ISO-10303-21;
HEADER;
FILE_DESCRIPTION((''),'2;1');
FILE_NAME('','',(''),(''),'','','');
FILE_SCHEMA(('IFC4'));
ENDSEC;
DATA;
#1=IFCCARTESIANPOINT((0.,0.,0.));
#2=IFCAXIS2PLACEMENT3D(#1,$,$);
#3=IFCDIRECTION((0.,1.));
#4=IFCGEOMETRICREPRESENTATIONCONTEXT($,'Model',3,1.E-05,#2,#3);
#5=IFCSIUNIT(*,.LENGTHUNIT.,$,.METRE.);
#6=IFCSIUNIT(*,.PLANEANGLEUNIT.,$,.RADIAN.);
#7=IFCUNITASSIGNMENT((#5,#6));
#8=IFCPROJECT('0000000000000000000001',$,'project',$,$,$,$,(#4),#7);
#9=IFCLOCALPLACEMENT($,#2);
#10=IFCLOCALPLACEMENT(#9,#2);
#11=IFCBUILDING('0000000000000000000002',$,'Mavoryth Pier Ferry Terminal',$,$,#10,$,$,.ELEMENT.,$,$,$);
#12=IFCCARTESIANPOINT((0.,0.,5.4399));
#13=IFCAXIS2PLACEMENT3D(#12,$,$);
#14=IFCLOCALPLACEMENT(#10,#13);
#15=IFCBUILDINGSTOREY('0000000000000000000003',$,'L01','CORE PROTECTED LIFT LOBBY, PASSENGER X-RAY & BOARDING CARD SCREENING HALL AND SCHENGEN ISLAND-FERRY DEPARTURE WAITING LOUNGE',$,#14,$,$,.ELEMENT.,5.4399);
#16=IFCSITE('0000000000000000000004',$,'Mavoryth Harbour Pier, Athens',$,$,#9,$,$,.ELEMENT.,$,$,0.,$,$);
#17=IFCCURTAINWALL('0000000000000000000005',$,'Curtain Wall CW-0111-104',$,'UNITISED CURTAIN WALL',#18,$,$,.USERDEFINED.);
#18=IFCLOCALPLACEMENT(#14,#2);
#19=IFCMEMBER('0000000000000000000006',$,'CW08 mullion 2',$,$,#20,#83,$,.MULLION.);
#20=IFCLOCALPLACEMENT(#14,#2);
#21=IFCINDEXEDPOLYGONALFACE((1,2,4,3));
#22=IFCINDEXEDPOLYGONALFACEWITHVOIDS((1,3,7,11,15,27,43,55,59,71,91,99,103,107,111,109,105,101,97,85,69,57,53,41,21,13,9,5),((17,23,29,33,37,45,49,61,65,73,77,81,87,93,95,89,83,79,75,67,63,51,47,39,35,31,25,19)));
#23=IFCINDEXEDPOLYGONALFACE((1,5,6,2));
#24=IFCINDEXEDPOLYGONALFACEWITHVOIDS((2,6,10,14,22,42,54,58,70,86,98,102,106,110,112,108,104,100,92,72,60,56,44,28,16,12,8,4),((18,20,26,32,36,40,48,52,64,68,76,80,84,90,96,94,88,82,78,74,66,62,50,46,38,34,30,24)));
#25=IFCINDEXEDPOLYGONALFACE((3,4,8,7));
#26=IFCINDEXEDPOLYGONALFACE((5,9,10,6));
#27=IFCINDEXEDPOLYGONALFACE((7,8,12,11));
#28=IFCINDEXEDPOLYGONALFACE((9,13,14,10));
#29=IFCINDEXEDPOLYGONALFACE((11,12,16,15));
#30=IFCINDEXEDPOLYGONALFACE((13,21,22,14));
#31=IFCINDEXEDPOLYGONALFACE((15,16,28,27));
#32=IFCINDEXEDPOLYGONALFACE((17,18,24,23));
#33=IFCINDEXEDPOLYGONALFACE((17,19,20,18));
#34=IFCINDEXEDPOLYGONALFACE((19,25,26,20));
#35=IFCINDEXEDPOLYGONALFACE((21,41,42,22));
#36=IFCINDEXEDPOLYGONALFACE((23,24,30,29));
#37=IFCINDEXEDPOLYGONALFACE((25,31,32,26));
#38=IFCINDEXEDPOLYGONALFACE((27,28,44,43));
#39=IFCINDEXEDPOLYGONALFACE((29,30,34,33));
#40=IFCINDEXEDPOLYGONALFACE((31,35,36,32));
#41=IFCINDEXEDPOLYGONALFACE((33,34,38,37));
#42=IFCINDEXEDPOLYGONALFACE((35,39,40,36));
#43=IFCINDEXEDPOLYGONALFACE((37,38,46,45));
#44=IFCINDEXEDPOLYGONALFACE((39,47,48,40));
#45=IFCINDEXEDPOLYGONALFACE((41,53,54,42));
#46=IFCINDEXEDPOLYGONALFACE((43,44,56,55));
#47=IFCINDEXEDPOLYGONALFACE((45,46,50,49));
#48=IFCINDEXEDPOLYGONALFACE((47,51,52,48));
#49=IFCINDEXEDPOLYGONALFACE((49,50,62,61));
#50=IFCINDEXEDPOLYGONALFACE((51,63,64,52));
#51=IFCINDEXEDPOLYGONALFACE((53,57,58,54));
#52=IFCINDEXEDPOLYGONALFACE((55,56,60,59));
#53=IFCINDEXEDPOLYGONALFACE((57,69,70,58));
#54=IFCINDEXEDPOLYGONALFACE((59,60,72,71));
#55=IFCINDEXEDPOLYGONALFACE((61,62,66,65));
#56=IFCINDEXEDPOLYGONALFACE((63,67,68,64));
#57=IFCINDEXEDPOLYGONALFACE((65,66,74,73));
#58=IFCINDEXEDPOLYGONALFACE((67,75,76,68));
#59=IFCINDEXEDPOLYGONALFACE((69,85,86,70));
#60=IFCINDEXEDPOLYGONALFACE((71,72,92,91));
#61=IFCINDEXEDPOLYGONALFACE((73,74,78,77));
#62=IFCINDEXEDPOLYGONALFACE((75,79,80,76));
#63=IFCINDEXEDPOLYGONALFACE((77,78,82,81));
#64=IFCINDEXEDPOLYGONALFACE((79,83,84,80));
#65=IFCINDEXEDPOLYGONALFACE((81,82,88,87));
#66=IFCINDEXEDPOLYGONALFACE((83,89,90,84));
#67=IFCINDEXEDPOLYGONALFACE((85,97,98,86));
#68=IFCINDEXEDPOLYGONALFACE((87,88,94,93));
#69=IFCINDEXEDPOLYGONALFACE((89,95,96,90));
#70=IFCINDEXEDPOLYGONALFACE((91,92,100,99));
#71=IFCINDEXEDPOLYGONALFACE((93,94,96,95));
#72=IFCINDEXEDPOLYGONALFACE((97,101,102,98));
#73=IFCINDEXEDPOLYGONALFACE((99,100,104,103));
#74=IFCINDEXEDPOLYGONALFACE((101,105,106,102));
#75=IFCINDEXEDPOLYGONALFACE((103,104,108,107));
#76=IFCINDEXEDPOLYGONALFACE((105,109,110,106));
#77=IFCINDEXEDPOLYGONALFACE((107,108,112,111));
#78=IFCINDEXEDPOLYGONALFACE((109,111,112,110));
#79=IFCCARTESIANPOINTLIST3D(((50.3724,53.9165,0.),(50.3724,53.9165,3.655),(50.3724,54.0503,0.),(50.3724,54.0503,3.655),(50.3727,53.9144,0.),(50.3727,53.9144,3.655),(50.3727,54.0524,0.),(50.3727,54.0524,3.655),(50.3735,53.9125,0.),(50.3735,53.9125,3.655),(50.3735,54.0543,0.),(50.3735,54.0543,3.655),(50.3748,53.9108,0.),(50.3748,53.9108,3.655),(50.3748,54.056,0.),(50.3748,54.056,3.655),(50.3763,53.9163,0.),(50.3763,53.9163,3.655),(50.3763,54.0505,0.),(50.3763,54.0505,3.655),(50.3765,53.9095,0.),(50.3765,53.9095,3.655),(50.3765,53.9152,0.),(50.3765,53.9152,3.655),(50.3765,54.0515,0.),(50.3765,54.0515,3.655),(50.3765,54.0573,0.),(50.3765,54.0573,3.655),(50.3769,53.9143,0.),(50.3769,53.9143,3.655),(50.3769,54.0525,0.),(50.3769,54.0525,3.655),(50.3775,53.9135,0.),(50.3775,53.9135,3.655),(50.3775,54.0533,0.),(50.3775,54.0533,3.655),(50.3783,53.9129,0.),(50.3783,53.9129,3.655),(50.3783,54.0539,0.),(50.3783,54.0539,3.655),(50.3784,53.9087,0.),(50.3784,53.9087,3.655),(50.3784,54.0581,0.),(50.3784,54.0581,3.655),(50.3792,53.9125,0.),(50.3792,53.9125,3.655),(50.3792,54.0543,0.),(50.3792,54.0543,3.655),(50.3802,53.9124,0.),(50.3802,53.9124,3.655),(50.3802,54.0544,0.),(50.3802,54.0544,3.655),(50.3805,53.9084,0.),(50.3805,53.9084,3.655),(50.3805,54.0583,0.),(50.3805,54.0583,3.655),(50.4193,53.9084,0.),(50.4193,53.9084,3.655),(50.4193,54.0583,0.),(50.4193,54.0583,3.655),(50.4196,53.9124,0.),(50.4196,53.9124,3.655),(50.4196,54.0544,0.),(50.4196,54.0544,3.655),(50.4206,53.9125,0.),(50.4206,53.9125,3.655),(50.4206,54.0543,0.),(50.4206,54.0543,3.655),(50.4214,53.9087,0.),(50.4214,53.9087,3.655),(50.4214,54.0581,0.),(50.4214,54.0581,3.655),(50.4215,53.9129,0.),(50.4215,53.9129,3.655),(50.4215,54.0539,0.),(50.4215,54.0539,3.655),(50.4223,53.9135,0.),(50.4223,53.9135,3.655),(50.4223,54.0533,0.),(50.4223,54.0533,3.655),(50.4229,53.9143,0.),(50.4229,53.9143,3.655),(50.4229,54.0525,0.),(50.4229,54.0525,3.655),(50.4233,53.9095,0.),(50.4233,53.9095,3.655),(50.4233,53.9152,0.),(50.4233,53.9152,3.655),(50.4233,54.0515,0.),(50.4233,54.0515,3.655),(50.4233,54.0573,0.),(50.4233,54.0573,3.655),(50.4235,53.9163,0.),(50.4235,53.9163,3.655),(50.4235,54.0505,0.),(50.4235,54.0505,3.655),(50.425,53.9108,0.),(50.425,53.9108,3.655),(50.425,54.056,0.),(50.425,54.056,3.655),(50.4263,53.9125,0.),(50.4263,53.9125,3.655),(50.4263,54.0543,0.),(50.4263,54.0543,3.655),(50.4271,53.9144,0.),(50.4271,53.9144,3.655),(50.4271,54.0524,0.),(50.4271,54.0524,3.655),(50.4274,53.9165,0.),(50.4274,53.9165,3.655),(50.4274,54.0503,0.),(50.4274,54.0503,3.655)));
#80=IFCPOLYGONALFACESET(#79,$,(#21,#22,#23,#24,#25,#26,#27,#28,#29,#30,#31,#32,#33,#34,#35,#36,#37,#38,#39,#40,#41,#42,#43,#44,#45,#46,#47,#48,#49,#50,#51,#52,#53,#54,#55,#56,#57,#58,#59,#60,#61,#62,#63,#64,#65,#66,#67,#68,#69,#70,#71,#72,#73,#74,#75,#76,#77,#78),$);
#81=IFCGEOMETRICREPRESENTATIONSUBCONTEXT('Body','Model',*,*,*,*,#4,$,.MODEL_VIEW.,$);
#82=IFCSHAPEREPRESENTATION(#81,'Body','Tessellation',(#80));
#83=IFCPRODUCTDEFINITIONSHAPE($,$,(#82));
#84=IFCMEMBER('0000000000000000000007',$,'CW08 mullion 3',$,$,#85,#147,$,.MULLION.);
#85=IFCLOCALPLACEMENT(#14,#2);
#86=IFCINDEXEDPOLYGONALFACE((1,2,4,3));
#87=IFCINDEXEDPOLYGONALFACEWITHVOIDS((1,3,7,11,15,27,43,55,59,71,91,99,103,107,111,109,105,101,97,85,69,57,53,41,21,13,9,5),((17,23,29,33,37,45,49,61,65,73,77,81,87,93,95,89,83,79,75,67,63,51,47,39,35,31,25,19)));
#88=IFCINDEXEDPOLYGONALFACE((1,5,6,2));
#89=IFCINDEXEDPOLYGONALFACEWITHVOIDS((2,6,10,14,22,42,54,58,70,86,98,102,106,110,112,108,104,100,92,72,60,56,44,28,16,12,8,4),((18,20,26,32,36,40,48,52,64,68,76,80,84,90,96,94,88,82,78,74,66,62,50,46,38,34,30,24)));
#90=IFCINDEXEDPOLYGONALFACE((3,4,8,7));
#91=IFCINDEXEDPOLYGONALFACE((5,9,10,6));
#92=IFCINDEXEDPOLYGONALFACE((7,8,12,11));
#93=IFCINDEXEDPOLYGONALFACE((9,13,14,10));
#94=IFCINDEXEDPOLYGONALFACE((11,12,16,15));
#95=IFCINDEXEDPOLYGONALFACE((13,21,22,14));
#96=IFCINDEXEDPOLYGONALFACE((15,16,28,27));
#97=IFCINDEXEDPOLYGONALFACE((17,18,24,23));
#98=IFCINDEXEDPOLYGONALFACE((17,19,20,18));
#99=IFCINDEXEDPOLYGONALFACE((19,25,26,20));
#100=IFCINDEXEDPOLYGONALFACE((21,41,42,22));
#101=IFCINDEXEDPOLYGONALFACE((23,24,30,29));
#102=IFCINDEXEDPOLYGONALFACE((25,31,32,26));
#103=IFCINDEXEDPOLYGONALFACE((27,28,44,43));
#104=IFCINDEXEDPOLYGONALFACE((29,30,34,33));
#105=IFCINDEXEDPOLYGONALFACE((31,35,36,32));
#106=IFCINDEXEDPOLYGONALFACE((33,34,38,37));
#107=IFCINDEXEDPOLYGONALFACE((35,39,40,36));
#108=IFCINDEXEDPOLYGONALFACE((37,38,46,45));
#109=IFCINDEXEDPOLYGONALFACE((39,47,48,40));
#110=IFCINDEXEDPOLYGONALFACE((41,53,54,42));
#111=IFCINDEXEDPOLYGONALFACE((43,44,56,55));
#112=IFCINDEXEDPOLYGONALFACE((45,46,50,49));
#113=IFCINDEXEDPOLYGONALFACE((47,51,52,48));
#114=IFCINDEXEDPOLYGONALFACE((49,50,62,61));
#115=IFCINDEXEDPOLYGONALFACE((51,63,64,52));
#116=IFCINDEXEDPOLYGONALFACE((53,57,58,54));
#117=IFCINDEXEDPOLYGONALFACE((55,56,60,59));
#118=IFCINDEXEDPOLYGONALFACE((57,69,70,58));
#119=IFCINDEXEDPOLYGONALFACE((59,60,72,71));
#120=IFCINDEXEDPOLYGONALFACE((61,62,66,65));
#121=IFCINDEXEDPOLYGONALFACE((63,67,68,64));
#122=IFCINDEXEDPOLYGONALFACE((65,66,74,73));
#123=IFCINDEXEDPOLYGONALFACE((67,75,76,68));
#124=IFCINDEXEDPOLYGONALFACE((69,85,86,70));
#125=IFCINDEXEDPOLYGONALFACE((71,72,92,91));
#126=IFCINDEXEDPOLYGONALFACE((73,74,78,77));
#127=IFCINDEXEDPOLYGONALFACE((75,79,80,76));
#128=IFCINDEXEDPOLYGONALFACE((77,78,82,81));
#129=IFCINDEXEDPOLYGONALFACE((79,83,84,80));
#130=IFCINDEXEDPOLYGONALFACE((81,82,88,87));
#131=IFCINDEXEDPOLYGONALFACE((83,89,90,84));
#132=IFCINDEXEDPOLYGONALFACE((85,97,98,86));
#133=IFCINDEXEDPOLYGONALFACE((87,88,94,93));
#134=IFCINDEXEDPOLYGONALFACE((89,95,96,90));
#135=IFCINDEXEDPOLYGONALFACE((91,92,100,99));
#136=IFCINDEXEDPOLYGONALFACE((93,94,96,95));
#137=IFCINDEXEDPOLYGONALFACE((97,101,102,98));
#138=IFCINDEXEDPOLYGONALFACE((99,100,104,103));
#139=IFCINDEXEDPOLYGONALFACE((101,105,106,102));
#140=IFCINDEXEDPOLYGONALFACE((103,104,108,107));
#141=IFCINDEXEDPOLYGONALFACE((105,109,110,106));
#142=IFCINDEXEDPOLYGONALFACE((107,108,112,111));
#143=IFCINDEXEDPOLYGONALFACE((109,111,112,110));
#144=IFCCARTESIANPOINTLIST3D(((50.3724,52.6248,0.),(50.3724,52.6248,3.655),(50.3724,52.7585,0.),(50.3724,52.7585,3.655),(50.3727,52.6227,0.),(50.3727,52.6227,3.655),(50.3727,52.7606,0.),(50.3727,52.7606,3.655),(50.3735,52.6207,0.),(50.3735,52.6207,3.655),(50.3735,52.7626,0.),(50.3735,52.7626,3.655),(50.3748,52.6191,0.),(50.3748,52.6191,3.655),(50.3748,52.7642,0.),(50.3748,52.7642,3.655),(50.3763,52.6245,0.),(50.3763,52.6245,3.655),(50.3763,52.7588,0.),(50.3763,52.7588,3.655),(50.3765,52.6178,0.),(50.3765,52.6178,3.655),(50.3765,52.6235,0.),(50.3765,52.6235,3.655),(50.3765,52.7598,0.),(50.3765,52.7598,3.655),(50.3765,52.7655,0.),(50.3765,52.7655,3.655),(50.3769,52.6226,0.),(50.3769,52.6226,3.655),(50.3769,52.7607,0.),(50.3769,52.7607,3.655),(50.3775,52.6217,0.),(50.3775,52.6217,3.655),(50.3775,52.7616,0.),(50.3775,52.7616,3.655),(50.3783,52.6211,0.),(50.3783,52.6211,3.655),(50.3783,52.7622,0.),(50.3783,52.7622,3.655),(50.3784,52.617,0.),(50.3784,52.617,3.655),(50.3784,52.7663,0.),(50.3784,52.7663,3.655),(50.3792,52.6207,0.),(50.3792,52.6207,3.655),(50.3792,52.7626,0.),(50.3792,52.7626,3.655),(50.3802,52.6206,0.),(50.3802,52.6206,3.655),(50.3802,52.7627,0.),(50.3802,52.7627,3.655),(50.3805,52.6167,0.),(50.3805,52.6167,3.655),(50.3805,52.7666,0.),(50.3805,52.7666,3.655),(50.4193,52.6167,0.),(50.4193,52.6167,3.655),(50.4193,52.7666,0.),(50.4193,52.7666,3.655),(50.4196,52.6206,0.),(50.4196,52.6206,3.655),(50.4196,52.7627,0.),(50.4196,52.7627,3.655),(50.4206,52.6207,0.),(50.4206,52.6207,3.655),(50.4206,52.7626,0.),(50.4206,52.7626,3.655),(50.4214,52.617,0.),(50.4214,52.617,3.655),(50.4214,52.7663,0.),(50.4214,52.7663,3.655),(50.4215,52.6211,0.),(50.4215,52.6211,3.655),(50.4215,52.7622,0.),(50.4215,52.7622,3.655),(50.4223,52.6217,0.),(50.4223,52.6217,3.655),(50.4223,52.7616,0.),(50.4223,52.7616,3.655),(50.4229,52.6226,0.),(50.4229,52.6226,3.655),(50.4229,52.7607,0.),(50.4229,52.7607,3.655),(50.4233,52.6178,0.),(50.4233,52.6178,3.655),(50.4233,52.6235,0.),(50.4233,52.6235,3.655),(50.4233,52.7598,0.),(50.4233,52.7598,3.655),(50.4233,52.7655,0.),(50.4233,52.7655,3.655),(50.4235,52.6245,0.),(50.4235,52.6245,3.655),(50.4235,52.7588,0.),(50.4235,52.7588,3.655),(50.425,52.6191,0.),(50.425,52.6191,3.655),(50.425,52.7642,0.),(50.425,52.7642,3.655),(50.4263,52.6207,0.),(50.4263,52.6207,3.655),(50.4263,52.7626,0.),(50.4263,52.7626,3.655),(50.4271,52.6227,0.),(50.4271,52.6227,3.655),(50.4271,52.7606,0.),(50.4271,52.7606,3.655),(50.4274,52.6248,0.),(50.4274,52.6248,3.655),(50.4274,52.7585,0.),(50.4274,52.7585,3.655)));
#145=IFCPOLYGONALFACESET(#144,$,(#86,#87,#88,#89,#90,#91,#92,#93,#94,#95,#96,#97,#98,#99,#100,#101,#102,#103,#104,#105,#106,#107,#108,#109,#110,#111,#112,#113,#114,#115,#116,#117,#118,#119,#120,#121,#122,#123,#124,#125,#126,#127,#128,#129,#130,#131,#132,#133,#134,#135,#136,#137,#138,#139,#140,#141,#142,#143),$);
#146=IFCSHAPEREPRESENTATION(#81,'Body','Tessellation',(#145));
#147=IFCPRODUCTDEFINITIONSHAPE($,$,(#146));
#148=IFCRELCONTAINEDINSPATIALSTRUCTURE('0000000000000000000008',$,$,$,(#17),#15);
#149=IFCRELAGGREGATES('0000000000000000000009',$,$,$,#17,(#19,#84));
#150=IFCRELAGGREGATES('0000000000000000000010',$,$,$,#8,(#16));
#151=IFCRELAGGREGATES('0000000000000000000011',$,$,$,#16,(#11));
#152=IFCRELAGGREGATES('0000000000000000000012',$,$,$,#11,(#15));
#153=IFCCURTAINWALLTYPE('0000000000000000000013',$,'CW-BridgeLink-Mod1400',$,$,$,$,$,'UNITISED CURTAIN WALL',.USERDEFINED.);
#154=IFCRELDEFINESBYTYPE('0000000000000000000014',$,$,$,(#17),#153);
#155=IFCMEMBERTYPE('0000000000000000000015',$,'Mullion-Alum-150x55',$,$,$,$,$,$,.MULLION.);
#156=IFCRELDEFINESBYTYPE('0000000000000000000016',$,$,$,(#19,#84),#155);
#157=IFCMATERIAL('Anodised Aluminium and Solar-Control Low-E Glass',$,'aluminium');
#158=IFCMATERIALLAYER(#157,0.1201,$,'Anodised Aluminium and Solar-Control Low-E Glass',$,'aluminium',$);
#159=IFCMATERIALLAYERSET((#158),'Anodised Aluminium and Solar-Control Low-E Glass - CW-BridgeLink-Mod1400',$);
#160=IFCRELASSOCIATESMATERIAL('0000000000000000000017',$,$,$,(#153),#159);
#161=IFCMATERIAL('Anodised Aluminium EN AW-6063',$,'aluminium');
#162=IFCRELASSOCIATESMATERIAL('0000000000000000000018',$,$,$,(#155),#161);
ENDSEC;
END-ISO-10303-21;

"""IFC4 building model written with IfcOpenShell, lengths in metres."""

from ifc_helpers import new_model, si_unit, direction, frame, origin, origin_2d, place, context, subcontext, project, spatial, hollow_rectangle, extrude, material, layer, layer_set, material_profile, profile_set, type_object, element, aggregate, save


model = new_model("IFC4")

# Units and contexts
model_context = context("Model", 3, precision=1e-05, world=origin(), true_north=direction((0.0, 1.0)))
body_context = subcontext(model_context, "Body", "Model", "MODEL_VIEW")
ifc_project = project(units=[si_unit("LENGTHUNIT", "METRE"), si_unit("PLANEANGLEUNIT", "RADIAN")], contexts=[model_context])

# Site, building, storey
site_placement = place(None, origin())
site = spatial("IfcSite", under=ifc_project, at=site_placement, Name="Mavoryth Harbour Pier, Athens", CompositionType="ELEMENT", RefElevation=0.0)
building_placement = place(site_placement, origin())
building = spatial("IfcBuilding", under=site, at=building_placement, Name="Mavoryth Pier Ferry Terminal", CompositionType="ELEMENT")
storey_placement = place(building_placement, frame((0.0, 0.0, 5.4399)))
storey = spatial("IfcBuildingStorey", under=building, at=storey_placement, Name="L01", Description="CORE PROTECTED LIFT LOBBY, PASSENGER X-RAY & BOARDING CARD SCREENING HALL AND SCHENGEN ISLAND-FERRY DEPARTURE WAITING LOUNGE", CompositionType="ELEMENT", Elevation=5.4399)

# Curtain wall, members
ifc_material_1 = material(Name="Anodised Aluminium and Solar-Control Low-E Glass", Category="aluminium")
ifc_layer_1 = layer(ifc_material_1, 0.1201, Name="Anodised Aluminium and Solar-Control Low-E Glass", Category="aluminium")
ifc_layer_set_1 = layer_set([ifc_layer_1], Name="Anodised Aluminium and Solar-Control Low-E Glass - CW-BridgeLink-Mod1400")
curtain_wall_type = type_object("IfcCurtainWallType", Name="CW-BridgeLink-Mod1400", ElementType="UNITISED CURTAIN WALL", PredefinedType="USERDEFINED", material=ifc_layer_set_1)
curtain_wall_placement = place(storey_placement, origin())
curtain_wall = element("IfcCurtainWall", 1, at=curtain_wall_placement, inside=storey, type_object=curtain_wall_type, Name="Curtain Wall CW-0111-104", ObjectType="UNITISED CURTAIN WALL", PredefinedType="USERDEFINED")
ifc_material_2 = material(Name="Anodised Aluminium EN AW-6063", Category="aluminium")
ifc_material_profile_1 = material_profile(ifc_material_2, hollow_rectangle(XDim=0.0549, YDim=0.1499, WallThickness=0.0039, InnerFilletRadius=0.0039, OuterFilletRadius=0.0081, at=origin_2d()), Name="AL-MULL 150x55x4", Category="aluminium")
ifc_profile_set_1 = profile_set([ifc_material_profile_1], Name="Anodised Aluminium EN AW-6063 - AL-MULL 150x55x4")
member_type_1 = type_object("IfcMemberType", Name="Mullion-Alum-150x55", PredefinedType="MULLION", material=ifc_profile_set_1)
member_1_placement = place(storey_placement, frame((50.3999, 53.9834, 0.0), z_axis=(0.0, 0.0, 1.0), x_axis=(1.0, 0.0, 0.0)))
member_1 = element("IfcMember", 2, at=member_1_placement, type_object=member_type_1, Name="CW08 mullion 2", PredefinedType="MULLION", context=body_context, shape_type="SweptSolid", body=[
    extrude(hollow_rectangle(XDim=0.0549, YDim=0.1499, WallThickness=0.0039, InnerFilletRadius=0.0039, OuterFilletRadius=0.0081, at=origin_2d()), origin(), (0.0, 0.0, 1.0), 3.655),
])
member_2_placement = place(storey_placement, frame((50.3999, 52.6917, 0.0), z_axis=(0.0, 0.0, 1.0), x_axis=(1.0, 0.0, 0.0)))
member_2 = element("IfcMember", 3, at=member_2_placement, type_object=member_type_1, Name="CW08 mullion 3", PredefinedType="MULLION", context=body_context, shape_type="SweptSolid", body=[
    extrude(hollow_rectangle(XDim=0.0549, YDim=0.1499, WallThickness=0.0039, InnerFilletRadius=0.0039, OuterFilletRadius=0.0081, at=origin_2d()), origin(), (0.0, 0.0, 1.0), 3.655),
])
aggregate(curtain_wall, [member_1, member_2])

save(model, "model.ifc")
